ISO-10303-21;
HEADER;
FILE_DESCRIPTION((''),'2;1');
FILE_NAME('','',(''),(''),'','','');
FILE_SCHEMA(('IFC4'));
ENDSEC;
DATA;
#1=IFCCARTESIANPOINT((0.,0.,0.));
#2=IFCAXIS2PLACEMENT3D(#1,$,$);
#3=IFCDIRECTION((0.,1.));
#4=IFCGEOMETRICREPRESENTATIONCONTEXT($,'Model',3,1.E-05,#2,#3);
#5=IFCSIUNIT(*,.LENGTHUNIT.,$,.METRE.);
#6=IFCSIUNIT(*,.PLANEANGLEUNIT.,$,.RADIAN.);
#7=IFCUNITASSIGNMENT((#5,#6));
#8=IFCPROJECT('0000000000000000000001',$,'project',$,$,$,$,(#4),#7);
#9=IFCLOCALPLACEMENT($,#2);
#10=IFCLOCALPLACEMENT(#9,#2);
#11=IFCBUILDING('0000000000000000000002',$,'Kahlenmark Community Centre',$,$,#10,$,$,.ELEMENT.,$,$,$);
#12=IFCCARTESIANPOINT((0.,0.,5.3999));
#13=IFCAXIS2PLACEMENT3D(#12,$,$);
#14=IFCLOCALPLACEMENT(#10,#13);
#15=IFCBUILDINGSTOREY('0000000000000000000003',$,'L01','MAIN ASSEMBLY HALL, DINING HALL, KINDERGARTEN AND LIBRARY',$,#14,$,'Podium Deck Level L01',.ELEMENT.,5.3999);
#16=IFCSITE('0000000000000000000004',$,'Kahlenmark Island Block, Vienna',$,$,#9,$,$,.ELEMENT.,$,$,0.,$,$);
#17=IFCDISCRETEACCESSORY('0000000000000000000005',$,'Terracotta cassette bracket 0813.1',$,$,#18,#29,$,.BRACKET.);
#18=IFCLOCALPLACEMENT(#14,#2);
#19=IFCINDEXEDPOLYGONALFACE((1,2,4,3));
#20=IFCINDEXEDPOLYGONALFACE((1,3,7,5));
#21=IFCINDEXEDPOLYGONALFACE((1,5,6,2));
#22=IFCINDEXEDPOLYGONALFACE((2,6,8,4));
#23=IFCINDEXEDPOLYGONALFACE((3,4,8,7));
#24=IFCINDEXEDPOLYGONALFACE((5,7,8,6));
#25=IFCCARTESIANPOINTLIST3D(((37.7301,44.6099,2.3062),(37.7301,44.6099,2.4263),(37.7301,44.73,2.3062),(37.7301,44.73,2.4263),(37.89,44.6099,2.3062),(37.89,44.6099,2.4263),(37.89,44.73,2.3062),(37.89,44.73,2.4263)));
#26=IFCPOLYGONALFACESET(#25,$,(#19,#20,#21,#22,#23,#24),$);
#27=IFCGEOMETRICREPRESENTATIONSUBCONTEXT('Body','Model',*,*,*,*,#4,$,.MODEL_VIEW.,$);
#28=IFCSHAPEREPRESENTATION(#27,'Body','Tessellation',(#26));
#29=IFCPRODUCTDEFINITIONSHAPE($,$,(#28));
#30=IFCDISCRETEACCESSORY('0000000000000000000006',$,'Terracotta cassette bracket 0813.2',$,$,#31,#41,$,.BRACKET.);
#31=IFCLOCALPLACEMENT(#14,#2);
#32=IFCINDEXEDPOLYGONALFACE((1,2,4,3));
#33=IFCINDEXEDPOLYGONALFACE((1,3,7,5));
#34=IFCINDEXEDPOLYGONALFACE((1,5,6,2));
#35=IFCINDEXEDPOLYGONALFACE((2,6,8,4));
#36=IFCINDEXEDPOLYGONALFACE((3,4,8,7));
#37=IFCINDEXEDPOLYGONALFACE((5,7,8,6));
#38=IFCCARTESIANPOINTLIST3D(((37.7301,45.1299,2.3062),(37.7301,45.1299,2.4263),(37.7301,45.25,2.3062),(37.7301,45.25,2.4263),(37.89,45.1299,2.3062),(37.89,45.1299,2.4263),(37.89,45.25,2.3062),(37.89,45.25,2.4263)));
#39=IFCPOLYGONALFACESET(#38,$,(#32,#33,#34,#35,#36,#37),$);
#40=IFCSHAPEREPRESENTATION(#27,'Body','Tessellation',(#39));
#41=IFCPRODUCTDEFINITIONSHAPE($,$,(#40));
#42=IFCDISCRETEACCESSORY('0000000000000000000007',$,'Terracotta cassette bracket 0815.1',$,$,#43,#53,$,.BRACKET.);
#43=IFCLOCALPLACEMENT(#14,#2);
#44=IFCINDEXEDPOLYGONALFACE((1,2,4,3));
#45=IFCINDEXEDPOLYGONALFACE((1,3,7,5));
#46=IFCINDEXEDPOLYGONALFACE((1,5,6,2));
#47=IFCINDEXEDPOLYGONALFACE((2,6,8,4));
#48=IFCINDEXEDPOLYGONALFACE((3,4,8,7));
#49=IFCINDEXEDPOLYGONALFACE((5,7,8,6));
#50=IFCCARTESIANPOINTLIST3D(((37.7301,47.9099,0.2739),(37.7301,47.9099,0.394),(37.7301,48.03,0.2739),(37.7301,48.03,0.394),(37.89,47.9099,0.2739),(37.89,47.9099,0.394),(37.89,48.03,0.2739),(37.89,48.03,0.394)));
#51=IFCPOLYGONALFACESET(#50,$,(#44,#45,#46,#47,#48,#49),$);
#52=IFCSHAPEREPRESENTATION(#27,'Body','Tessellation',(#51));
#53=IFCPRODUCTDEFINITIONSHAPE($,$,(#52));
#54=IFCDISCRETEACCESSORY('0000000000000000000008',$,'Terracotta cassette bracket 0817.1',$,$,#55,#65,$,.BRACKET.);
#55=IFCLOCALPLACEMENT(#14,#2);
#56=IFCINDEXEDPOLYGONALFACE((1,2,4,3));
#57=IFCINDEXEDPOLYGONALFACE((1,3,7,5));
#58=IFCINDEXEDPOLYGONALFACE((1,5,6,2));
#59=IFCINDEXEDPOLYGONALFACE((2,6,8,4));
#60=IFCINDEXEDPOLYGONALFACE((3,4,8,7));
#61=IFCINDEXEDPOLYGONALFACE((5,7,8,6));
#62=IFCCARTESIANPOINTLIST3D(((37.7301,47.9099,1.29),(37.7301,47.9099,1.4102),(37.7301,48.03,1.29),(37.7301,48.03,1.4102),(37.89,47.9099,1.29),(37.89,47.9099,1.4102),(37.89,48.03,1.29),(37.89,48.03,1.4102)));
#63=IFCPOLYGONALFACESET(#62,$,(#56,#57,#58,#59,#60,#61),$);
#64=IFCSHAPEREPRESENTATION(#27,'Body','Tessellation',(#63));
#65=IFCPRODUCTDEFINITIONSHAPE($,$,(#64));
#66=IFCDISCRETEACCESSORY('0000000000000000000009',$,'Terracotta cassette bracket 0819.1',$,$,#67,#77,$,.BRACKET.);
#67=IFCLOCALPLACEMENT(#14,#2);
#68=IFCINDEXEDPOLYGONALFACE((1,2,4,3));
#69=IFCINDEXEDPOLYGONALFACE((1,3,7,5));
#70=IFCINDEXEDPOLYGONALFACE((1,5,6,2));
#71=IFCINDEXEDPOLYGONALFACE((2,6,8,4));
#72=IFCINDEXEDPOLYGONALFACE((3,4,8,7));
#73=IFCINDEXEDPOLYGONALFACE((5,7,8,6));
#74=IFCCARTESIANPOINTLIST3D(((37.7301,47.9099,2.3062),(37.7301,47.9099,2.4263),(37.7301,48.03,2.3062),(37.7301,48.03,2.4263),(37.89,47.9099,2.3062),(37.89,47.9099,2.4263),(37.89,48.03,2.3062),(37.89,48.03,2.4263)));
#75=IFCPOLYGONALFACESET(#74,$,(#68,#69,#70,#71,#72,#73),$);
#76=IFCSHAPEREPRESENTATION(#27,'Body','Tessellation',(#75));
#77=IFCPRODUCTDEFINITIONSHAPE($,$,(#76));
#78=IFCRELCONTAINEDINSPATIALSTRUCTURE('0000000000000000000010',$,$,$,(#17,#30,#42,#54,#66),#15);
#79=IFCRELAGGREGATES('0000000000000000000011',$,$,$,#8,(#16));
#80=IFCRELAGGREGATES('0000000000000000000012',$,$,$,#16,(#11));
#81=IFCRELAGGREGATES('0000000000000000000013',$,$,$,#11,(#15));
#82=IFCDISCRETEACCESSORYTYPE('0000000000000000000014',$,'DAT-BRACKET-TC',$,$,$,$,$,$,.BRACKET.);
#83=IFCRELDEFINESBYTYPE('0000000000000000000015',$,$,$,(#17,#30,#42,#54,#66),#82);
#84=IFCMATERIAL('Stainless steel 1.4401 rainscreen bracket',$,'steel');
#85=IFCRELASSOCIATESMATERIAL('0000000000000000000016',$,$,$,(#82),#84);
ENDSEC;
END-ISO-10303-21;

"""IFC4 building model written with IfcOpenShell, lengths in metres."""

from ifc_helpers import new_model, si_unit, direction, frame, origin, origin_2d, place, context, subcontext, project, spatial, rectangle, extrude, material, type_object, element, save


model = new_model("IFC4")

# Units and contexts
model_context = context("Model", 3, precision=1e-05, world=origin(), true_north=direction((0.0, 1.0)))
body_context = subcontext(model_context, "Body", "Model", "MODEL_VIEW")
ifc_project = project(units=[si_unit("LENGTHUNIT", "METRE"), si_unit("PLANEANGLEUNIT", "RADIAN")], contexts=[model_context])

# Site, building, storey
site_placement = place(None, origin())
site = spatial("IfcSite", under=ifc_project, at=site_placement, Name="Kahlenmark Island Block, Vienna", CompositionType="ELEMENT", RefElevation=0.0)
building_placement = place(site_placement, origin())
building = spatial("IfcBuilding", under=site, at=building_placement, Name="Kahlenmark Community Centre", CompositionType="ELEMENT")
storey_placement = place(building_placement, frame((0.0, 0.0, 5.3999)))
storey = spatial("IfcBuildingStorey", under=building, at=storey_placement, Name="L01", Description="MAIN ASSEMBLY HALL, DINING HALL, KINDERGARTEN AND LIBRARY", LongName="Podium Deck Level L01", CompositionType="ELEMENT", Elevation=5.3999)

# Discrete accessories
ifc_material_1 = material(Name="Stainless steel 1.4401 rainscreen bracket", Category="steel")
discrete_accessory_type = type_object("IfcDiscreteAccessoryType", Name="DAT-BRACKET-TC", PredefinedType="BRACKET", material=ifc_material_1)
for number, where, z_axis, x_axis, name in (
    (1, (37.8101, 44.6699, 2.3062), (0.0, 0.0, 1.0), (0.0, 1.0, 0.0), "Terracotta cassette bracket 0813.1"),
    (2, (37.8101, 45.1899, 2.3062), (0.0, 0.0, 1.0), (0.0, 1.0, 0.0), "Terracotta cassette bracket 0813.2"),
    (3, (37.8101, 47.97, 0.2739), (0.0, 0.0, 1.0), (0.0, 1.0, 0.0), "Terracotta cassette bracket 0815.1"),
    (4, (37.8101, 47.97, 1.29), (0.0, 0.0, 1.0), (0.0, 1.0, 0.0), "Terracotta cassette bracket 0817.1"),
    (5, (37.8101, 47.97, 2.3062), (0.0, 0.0, 1.0), (0.0, 1.0, 0.0), "Terracotta cassette bracket 0819.1"),
):
    element("IfcDiscreteAccessory", number, at=place(storey_placement, frame(where, z_axis=z_axis, x_axis=x_axis)), inside=storey, type_object=discrete_accessory_type, Name=name, PredefinedType="BRACKET", context=body_context, shape_type="SweptSolid", body=[
        extrude(rectangle(XDim=0.1201, YDim=0.1599, at=origin_2d()), origin(), (0.0, 0.0, 1.0), 0.1201),
    ])

save(model, "model.ifc")
